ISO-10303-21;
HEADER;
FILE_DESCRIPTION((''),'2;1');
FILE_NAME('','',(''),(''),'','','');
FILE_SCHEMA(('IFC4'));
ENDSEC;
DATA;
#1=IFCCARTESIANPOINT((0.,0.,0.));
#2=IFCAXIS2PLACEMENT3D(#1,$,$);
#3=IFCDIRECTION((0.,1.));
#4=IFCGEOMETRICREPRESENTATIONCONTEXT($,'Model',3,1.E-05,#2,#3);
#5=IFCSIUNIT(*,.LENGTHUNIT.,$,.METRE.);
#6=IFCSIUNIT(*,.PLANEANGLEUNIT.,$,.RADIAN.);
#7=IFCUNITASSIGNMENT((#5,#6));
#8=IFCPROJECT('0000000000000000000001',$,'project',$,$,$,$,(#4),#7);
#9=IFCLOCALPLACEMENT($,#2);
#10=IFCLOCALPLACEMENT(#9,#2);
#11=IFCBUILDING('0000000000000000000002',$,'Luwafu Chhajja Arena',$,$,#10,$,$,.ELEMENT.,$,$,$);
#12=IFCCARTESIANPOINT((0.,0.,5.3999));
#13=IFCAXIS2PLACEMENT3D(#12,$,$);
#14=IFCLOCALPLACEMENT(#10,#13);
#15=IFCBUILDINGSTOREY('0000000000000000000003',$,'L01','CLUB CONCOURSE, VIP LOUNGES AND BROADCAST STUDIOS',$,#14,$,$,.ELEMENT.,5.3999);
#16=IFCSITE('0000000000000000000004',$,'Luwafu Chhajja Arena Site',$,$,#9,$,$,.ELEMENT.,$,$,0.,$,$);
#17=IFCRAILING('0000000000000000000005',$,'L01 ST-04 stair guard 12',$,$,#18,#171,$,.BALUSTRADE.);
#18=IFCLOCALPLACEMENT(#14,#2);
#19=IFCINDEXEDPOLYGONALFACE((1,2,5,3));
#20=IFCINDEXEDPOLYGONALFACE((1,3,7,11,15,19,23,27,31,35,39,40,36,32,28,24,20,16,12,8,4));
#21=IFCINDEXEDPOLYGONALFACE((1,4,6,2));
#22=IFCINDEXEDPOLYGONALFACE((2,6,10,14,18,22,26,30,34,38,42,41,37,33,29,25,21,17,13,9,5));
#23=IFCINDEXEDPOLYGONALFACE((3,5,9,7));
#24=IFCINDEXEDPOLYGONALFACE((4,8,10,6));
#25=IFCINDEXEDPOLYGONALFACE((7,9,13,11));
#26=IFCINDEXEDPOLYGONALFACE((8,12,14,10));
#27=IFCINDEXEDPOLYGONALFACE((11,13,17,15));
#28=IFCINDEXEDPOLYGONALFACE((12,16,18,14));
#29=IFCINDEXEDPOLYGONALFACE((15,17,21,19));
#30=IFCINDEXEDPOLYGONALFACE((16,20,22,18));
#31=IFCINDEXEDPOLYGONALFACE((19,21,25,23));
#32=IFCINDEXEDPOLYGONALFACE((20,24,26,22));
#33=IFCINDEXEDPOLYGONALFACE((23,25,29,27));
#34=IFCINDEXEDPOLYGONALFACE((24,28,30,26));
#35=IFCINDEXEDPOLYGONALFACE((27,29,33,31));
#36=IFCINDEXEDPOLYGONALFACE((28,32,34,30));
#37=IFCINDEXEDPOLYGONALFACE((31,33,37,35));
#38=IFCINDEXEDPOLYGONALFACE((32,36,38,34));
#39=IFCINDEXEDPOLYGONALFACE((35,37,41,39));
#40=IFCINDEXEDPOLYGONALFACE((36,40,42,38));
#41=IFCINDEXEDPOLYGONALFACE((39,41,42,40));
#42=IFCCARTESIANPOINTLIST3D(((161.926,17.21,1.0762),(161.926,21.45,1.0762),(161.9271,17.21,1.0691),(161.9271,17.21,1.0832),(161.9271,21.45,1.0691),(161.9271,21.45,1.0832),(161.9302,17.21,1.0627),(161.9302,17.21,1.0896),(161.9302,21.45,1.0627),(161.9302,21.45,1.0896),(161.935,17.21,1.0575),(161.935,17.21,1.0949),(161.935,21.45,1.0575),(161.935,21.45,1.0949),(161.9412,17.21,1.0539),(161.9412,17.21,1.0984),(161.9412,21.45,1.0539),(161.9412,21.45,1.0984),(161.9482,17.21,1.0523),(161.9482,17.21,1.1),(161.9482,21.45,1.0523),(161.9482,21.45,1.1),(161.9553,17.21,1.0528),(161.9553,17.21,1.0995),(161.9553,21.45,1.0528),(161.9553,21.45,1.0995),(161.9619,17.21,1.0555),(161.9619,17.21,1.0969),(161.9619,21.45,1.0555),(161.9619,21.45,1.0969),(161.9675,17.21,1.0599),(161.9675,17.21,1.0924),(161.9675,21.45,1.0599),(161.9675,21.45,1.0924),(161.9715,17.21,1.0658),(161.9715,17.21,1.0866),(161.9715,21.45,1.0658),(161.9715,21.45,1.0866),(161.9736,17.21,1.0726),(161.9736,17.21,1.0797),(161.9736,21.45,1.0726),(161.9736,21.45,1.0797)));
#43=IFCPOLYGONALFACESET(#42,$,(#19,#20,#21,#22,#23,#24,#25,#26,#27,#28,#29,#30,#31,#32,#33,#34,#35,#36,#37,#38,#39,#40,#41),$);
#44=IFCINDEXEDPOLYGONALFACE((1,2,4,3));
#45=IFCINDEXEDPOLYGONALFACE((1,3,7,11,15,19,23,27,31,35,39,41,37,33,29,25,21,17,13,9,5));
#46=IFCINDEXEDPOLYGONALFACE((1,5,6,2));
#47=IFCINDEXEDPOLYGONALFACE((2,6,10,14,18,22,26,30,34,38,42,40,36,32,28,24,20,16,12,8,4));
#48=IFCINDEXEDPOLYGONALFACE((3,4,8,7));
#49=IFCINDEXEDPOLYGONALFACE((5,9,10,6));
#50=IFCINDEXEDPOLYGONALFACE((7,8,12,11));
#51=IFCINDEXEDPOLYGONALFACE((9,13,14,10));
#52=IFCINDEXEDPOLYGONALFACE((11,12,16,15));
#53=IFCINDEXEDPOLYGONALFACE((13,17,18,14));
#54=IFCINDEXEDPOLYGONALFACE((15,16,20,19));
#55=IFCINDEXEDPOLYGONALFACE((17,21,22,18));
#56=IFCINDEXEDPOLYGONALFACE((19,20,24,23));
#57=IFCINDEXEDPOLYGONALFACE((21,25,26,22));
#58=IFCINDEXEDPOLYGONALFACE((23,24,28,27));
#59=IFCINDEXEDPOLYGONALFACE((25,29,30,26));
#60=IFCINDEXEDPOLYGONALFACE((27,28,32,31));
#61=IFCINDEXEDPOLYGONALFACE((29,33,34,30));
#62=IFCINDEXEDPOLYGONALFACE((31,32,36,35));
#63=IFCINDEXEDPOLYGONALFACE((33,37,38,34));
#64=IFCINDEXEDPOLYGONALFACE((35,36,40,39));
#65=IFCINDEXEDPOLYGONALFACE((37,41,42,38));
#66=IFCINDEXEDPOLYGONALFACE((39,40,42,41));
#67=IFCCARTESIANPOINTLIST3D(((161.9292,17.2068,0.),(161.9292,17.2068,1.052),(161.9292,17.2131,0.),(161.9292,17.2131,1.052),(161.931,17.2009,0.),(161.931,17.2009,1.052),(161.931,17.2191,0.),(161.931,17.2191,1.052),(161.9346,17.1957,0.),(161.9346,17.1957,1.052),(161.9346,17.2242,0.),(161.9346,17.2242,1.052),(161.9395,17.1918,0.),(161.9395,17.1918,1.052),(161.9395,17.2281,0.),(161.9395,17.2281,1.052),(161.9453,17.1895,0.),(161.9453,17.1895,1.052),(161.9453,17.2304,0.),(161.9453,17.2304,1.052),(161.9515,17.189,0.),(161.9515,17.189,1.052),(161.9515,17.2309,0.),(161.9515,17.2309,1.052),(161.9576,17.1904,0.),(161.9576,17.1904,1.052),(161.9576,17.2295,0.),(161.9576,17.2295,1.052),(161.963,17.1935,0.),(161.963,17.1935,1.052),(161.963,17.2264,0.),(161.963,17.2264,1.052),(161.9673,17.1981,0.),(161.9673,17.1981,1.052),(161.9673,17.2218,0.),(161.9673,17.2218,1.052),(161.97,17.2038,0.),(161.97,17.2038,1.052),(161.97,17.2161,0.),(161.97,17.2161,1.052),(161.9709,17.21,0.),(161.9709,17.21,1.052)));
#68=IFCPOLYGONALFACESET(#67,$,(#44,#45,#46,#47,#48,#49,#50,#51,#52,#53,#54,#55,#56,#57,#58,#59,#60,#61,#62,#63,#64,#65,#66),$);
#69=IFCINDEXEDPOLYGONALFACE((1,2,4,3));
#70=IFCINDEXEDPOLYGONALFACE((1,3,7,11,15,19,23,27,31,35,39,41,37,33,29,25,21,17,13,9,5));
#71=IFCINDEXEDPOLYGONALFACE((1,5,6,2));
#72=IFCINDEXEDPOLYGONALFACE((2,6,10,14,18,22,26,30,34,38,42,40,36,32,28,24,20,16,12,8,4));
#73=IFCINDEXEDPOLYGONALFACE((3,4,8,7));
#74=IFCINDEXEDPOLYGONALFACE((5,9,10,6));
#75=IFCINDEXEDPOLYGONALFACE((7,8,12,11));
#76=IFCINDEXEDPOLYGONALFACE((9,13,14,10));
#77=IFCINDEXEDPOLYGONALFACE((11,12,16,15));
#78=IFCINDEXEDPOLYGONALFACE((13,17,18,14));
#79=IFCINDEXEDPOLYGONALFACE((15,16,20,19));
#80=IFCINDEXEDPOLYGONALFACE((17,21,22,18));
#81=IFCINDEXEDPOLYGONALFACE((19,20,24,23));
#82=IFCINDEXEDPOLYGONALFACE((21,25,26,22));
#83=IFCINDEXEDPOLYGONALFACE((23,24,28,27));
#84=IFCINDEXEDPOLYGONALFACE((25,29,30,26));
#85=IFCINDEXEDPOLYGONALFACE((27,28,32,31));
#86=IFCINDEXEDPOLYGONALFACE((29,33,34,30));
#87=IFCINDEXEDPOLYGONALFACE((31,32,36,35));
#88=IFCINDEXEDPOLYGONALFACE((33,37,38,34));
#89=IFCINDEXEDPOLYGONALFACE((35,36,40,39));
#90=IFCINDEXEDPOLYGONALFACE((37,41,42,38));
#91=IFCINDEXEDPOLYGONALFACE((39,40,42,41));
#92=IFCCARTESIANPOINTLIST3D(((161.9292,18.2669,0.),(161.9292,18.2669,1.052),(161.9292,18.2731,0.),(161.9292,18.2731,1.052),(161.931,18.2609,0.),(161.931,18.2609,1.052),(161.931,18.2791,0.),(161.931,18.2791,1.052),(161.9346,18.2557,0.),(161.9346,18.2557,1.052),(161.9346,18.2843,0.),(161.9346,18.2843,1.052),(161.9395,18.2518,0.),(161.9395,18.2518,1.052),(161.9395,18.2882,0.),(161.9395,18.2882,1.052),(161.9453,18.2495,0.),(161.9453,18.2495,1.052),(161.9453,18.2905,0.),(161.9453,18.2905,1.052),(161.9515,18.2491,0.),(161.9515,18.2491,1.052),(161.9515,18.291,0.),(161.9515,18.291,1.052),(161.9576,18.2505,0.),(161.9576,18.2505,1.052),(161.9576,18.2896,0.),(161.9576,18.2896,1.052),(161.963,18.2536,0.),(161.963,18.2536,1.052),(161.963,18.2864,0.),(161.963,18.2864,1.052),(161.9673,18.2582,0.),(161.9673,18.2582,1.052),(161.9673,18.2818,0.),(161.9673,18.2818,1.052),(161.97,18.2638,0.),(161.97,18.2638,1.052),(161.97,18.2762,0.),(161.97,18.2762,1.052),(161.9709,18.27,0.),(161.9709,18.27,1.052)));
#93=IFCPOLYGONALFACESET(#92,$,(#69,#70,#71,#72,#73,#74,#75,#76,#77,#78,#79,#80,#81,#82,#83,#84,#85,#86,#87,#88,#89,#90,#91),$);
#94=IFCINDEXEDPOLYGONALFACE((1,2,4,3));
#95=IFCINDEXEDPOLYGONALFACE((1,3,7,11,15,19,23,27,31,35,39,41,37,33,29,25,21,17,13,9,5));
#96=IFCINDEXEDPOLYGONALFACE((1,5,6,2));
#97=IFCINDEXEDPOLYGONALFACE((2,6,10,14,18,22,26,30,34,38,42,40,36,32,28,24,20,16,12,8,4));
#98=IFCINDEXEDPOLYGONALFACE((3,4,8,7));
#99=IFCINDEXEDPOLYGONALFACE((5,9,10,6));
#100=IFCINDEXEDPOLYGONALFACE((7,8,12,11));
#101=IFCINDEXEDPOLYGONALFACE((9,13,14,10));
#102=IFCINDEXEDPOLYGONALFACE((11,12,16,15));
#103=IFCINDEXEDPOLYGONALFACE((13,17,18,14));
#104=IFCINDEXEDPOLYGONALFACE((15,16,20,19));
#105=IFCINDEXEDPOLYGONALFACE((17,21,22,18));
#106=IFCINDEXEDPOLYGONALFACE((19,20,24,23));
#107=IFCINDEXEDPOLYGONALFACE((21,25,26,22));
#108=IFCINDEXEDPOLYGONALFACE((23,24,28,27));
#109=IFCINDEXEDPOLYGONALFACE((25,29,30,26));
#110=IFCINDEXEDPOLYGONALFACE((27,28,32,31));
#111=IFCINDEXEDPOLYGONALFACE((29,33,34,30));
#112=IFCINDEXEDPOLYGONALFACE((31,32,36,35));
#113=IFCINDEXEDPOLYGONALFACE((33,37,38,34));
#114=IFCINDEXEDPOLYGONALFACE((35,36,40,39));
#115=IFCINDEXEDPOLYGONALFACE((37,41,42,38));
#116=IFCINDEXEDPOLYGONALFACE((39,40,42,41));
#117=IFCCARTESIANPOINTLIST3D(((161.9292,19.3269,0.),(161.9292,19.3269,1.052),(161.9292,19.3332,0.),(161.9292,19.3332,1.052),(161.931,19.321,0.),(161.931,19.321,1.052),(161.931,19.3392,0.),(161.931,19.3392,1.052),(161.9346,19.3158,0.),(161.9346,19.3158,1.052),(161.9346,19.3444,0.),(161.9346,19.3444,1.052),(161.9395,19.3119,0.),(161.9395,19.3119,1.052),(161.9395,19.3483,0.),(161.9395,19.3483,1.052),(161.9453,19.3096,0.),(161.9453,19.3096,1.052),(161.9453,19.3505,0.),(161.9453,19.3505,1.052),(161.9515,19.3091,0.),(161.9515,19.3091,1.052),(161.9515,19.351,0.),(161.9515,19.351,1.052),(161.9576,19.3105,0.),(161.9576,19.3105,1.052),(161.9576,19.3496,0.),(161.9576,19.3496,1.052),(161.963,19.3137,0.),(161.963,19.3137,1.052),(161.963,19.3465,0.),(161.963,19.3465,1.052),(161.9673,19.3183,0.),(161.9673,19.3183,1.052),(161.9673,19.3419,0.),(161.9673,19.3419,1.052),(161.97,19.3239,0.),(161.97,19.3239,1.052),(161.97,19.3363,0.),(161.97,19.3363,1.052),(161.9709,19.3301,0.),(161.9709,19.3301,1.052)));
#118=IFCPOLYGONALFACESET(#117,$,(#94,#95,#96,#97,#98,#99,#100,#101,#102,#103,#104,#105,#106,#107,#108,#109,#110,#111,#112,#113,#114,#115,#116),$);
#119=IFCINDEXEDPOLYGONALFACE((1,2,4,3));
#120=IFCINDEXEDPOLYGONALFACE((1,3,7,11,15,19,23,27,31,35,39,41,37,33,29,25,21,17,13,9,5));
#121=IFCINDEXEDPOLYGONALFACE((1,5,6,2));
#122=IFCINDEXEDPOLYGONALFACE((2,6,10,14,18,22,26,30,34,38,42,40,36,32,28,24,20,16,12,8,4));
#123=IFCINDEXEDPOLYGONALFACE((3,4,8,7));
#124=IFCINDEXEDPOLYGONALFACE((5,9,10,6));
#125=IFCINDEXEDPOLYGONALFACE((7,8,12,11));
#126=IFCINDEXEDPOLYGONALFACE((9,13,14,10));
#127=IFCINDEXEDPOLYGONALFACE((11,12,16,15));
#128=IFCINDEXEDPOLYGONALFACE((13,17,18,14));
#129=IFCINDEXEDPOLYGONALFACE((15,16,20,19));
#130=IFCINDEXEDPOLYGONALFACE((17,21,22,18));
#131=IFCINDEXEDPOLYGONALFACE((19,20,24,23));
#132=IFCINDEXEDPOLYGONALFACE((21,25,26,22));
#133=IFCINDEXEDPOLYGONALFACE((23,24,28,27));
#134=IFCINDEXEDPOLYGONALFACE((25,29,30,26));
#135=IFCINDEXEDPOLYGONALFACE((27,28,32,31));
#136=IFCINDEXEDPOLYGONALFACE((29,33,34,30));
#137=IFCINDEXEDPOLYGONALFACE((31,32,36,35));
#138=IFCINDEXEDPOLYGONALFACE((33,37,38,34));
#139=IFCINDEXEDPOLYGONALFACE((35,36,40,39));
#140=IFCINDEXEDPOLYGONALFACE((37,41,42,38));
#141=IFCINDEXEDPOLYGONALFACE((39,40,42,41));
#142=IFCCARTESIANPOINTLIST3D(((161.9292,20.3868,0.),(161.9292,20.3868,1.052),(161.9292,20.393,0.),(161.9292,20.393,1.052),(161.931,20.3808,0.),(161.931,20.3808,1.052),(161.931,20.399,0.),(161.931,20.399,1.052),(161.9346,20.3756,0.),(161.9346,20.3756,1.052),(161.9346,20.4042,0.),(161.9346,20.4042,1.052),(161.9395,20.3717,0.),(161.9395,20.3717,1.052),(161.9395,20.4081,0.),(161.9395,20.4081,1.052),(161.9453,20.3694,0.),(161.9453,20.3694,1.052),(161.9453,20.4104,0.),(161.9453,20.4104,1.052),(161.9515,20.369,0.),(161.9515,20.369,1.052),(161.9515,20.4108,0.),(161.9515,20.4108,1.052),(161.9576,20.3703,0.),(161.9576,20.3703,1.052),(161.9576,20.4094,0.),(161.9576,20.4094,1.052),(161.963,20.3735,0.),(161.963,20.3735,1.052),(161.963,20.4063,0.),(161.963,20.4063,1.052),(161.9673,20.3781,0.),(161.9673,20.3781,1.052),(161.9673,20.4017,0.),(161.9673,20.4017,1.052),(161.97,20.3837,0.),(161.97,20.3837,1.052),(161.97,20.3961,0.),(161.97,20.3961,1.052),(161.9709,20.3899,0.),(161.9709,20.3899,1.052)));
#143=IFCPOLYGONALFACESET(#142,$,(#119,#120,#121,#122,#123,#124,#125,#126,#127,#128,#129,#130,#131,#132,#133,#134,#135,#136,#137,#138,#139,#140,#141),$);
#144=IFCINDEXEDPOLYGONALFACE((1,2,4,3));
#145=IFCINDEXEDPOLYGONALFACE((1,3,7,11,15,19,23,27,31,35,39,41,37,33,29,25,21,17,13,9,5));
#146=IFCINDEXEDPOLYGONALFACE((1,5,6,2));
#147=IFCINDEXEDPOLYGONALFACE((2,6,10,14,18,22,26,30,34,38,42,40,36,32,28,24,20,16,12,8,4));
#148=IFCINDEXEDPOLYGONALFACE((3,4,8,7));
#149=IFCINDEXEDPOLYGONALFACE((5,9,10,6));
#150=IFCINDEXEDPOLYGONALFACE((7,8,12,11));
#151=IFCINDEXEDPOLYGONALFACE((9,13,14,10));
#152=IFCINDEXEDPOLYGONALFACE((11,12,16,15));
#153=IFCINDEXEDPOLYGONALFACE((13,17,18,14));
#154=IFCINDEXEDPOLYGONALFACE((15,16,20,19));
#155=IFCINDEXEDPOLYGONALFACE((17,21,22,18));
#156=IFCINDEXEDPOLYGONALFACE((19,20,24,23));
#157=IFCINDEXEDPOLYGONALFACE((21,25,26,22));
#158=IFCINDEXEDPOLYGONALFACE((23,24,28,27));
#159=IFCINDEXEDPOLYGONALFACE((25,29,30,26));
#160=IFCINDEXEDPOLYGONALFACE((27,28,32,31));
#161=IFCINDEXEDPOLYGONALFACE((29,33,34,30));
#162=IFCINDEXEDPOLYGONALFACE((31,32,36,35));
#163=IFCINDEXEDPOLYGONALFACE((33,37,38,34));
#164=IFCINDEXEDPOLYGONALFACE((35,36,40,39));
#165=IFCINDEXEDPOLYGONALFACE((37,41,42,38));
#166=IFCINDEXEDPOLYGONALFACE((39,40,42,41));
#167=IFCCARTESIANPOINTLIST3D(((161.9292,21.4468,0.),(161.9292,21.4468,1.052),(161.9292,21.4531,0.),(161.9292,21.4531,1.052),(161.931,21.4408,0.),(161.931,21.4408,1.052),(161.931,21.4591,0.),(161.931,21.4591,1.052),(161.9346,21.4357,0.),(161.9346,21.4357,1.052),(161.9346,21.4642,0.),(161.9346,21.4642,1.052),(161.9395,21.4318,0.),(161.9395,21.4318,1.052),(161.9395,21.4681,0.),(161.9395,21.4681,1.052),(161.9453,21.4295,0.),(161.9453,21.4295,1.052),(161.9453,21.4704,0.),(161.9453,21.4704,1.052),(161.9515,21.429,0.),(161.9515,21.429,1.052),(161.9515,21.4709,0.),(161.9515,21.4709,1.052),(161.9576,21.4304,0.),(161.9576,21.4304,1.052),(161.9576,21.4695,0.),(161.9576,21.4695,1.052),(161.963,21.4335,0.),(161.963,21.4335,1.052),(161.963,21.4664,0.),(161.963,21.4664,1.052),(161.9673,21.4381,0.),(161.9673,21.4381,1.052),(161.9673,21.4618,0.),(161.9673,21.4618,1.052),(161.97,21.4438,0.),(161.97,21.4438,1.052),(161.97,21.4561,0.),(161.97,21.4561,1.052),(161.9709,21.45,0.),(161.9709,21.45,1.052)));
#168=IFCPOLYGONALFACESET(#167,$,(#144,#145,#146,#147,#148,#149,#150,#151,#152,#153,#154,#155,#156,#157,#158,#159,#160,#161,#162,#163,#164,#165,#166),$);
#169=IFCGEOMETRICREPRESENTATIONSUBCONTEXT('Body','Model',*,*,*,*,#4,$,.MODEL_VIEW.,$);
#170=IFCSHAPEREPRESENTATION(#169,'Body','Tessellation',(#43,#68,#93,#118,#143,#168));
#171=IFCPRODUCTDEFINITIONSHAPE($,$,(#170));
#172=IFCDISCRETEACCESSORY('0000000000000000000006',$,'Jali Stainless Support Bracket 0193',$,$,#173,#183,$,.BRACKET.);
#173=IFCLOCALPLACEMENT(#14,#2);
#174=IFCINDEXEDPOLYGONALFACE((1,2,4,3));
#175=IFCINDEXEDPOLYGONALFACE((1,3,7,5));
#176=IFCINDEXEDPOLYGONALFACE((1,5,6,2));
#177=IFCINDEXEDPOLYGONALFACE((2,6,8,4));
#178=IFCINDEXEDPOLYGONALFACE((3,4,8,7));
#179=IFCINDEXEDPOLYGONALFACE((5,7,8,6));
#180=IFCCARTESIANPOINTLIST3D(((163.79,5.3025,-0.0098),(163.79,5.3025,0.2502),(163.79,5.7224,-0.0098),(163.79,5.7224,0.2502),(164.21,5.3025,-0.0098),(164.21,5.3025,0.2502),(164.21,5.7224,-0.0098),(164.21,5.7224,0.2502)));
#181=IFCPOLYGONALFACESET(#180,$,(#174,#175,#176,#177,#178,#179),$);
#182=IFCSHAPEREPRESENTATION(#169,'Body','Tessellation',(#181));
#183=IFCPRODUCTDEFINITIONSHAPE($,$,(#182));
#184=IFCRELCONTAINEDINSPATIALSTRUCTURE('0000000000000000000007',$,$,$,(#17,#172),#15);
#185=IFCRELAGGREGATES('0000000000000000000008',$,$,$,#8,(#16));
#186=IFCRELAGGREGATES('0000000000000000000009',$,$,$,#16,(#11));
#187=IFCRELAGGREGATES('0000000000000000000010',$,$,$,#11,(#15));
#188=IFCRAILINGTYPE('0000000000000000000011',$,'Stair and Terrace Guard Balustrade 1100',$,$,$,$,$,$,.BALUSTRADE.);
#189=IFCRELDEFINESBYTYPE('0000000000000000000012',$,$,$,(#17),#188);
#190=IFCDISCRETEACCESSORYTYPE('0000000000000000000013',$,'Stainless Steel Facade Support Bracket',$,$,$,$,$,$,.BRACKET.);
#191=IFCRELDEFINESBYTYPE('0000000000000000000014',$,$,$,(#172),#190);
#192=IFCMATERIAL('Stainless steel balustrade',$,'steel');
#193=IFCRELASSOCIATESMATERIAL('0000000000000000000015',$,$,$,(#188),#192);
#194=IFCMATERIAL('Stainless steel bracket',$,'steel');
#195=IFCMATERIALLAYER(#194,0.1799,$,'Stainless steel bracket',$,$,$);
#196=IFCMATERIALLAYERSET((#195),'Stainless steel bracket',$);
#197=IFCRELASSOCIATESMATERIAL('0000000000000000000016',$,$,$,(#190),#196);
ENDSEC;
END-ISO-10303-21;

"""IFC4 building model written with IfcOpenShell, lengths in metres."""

from ifc_helpers import new_model, si_unit, direction, frame, origin, origin_2d, place, context, subcontext, project, spatial, rectangle, circle, extrude, material, layer, layer_set, type_object, element, save


model = new_model("IFC4")

# Units and contexts
model_context = context("Model", 3, precision=1e-05, world=origin(), true_north=direction((0.0, 1.0)))
body_context = subcontext(model_context, "Body", "Model", "MODEL_VIEW")
ifc_project = project(units=[si_unit("LENGTHUNIT", "METRE"), si_unit("PLANEANGLEUNIT", "RADIAN")], contexts=[model_context])

# Site, building, storey
site_placement = place(None, origin())
site = spatial("IfcSite", under=ifc_project, at=site_placement, Name="Luwafu Chhajja Arena Site", CompositionType="ELEMENT", RefElevation=0.0)
building_placement = place(site_placement, origin())
building = spatial("IfcBuilding", under=site, at=building_placement, Name="Luwafu Chhajja Arena", CompositionType="ELEMENT")
storey_placement = place(building_placement, frame((0.0, 0.0, 5.3999)))
storey = spatial("IfcBuildingStorey", under=building, at=storey_placement, Name="L01", Description="CLUB CONCOURSE, VIP LOUNGES AND BROADCAST STUDIOS", CompositionType="ELEMENT", Elevation=5.3999)

# Railing
ifc_material_1 = material(Name="Stainless steel balustrade", Category="steel")
railing_type_1 = type_object("IfcRailingType", Name="Stair and Terrace Guard Balustrade 1100", PredefinedType="BALUSTRADE", material=ifc_material_1)
railing_1_placement = place(storey_placement, frame((161.95, 17.21, 0.0)))
element("IfcRailing", 1, at=railing_1_placement, inside=storey, type_object=railing_type_1, Name="L01 ST-04 stair guard 12", PredefinedType="BALUSTRADE", context=body_context, shape_type="SweptSolid", body=[
    extrude(circle(Radius=0.0239, at=origin_2d()), frame((0.0, 0.0, 1.0762), z_axis=(0.0, 1.0, 0.0), x_axis=(-1.0, 0.0, 0.0)), (0.0, 0.0, 1.0), 4.24),
    extrude(circle(Radius=0.021, at=origin_2d()), origin(), (0.0, 0.0, 1.0), 1.052),
    extrude(circle(Radius=0.021, at=origin_2d()), frame((0.0, 1.0601, 0.0)), (0.0, 0.0, 1.0), 1.052),
    extrude(circle(Radius=0.021, at=origin_2d()), frame((0.0, 2.1201, 0.0)), (0.0, 0.0, 1.0), 1.052),
    extrude(circle(Radius=0.021, at=origin_2d()), frame((0.0, 3.1799, 0.0)), (0.0, 0.0, 1.0), 1.052),
    extrude(circle(Radius=0.021, at=origin_2d()), frame((0.0, 4.24, 0.0)), (0.0, 0.0, 1.0), 1.052),
])

# Discrete accessory
ifc_material_2 = material(Name="Stainless steel bracket", Category="steel")
ifc_layer_1 = layer(ifc_material_2, 0.1799, Name="Stainless steel bracket")
ifc_layer_set_1 = layer_set([ifc_layer_1], Name="Stainless steel bracket")
discrete_accessory_type = type_object("IfcDiscreteAccessoryType", Name="Stainless Steel Facade Support Bracket", PredefinedType="BRACKET", material=ifc_layer_set_1)
discrete_accessory_placement = place(storey_placement, frame((164.0, 5.5125, -0.0098), z_axis=(0.0, 0.0, 1.0), x_axis=(0.0, 1.0, 0.0)))
element("IfcDiscreteAccessory", 2, at=discrete_accessory_placement, inside=storey, type_object=discrete_accessory_type, Name="Jali Stainless Support Bracket 0193", PredefinedType="BRACKET", context=body_context, shape_type="SweptSolid", body=[
    extrude(rectangle(XDim=0.4199, YDim=0.4199, at=origin_2d()), origin(), (0.0, 0.0, 1.0), 0.26),
])

save(model, "model.ifc")
